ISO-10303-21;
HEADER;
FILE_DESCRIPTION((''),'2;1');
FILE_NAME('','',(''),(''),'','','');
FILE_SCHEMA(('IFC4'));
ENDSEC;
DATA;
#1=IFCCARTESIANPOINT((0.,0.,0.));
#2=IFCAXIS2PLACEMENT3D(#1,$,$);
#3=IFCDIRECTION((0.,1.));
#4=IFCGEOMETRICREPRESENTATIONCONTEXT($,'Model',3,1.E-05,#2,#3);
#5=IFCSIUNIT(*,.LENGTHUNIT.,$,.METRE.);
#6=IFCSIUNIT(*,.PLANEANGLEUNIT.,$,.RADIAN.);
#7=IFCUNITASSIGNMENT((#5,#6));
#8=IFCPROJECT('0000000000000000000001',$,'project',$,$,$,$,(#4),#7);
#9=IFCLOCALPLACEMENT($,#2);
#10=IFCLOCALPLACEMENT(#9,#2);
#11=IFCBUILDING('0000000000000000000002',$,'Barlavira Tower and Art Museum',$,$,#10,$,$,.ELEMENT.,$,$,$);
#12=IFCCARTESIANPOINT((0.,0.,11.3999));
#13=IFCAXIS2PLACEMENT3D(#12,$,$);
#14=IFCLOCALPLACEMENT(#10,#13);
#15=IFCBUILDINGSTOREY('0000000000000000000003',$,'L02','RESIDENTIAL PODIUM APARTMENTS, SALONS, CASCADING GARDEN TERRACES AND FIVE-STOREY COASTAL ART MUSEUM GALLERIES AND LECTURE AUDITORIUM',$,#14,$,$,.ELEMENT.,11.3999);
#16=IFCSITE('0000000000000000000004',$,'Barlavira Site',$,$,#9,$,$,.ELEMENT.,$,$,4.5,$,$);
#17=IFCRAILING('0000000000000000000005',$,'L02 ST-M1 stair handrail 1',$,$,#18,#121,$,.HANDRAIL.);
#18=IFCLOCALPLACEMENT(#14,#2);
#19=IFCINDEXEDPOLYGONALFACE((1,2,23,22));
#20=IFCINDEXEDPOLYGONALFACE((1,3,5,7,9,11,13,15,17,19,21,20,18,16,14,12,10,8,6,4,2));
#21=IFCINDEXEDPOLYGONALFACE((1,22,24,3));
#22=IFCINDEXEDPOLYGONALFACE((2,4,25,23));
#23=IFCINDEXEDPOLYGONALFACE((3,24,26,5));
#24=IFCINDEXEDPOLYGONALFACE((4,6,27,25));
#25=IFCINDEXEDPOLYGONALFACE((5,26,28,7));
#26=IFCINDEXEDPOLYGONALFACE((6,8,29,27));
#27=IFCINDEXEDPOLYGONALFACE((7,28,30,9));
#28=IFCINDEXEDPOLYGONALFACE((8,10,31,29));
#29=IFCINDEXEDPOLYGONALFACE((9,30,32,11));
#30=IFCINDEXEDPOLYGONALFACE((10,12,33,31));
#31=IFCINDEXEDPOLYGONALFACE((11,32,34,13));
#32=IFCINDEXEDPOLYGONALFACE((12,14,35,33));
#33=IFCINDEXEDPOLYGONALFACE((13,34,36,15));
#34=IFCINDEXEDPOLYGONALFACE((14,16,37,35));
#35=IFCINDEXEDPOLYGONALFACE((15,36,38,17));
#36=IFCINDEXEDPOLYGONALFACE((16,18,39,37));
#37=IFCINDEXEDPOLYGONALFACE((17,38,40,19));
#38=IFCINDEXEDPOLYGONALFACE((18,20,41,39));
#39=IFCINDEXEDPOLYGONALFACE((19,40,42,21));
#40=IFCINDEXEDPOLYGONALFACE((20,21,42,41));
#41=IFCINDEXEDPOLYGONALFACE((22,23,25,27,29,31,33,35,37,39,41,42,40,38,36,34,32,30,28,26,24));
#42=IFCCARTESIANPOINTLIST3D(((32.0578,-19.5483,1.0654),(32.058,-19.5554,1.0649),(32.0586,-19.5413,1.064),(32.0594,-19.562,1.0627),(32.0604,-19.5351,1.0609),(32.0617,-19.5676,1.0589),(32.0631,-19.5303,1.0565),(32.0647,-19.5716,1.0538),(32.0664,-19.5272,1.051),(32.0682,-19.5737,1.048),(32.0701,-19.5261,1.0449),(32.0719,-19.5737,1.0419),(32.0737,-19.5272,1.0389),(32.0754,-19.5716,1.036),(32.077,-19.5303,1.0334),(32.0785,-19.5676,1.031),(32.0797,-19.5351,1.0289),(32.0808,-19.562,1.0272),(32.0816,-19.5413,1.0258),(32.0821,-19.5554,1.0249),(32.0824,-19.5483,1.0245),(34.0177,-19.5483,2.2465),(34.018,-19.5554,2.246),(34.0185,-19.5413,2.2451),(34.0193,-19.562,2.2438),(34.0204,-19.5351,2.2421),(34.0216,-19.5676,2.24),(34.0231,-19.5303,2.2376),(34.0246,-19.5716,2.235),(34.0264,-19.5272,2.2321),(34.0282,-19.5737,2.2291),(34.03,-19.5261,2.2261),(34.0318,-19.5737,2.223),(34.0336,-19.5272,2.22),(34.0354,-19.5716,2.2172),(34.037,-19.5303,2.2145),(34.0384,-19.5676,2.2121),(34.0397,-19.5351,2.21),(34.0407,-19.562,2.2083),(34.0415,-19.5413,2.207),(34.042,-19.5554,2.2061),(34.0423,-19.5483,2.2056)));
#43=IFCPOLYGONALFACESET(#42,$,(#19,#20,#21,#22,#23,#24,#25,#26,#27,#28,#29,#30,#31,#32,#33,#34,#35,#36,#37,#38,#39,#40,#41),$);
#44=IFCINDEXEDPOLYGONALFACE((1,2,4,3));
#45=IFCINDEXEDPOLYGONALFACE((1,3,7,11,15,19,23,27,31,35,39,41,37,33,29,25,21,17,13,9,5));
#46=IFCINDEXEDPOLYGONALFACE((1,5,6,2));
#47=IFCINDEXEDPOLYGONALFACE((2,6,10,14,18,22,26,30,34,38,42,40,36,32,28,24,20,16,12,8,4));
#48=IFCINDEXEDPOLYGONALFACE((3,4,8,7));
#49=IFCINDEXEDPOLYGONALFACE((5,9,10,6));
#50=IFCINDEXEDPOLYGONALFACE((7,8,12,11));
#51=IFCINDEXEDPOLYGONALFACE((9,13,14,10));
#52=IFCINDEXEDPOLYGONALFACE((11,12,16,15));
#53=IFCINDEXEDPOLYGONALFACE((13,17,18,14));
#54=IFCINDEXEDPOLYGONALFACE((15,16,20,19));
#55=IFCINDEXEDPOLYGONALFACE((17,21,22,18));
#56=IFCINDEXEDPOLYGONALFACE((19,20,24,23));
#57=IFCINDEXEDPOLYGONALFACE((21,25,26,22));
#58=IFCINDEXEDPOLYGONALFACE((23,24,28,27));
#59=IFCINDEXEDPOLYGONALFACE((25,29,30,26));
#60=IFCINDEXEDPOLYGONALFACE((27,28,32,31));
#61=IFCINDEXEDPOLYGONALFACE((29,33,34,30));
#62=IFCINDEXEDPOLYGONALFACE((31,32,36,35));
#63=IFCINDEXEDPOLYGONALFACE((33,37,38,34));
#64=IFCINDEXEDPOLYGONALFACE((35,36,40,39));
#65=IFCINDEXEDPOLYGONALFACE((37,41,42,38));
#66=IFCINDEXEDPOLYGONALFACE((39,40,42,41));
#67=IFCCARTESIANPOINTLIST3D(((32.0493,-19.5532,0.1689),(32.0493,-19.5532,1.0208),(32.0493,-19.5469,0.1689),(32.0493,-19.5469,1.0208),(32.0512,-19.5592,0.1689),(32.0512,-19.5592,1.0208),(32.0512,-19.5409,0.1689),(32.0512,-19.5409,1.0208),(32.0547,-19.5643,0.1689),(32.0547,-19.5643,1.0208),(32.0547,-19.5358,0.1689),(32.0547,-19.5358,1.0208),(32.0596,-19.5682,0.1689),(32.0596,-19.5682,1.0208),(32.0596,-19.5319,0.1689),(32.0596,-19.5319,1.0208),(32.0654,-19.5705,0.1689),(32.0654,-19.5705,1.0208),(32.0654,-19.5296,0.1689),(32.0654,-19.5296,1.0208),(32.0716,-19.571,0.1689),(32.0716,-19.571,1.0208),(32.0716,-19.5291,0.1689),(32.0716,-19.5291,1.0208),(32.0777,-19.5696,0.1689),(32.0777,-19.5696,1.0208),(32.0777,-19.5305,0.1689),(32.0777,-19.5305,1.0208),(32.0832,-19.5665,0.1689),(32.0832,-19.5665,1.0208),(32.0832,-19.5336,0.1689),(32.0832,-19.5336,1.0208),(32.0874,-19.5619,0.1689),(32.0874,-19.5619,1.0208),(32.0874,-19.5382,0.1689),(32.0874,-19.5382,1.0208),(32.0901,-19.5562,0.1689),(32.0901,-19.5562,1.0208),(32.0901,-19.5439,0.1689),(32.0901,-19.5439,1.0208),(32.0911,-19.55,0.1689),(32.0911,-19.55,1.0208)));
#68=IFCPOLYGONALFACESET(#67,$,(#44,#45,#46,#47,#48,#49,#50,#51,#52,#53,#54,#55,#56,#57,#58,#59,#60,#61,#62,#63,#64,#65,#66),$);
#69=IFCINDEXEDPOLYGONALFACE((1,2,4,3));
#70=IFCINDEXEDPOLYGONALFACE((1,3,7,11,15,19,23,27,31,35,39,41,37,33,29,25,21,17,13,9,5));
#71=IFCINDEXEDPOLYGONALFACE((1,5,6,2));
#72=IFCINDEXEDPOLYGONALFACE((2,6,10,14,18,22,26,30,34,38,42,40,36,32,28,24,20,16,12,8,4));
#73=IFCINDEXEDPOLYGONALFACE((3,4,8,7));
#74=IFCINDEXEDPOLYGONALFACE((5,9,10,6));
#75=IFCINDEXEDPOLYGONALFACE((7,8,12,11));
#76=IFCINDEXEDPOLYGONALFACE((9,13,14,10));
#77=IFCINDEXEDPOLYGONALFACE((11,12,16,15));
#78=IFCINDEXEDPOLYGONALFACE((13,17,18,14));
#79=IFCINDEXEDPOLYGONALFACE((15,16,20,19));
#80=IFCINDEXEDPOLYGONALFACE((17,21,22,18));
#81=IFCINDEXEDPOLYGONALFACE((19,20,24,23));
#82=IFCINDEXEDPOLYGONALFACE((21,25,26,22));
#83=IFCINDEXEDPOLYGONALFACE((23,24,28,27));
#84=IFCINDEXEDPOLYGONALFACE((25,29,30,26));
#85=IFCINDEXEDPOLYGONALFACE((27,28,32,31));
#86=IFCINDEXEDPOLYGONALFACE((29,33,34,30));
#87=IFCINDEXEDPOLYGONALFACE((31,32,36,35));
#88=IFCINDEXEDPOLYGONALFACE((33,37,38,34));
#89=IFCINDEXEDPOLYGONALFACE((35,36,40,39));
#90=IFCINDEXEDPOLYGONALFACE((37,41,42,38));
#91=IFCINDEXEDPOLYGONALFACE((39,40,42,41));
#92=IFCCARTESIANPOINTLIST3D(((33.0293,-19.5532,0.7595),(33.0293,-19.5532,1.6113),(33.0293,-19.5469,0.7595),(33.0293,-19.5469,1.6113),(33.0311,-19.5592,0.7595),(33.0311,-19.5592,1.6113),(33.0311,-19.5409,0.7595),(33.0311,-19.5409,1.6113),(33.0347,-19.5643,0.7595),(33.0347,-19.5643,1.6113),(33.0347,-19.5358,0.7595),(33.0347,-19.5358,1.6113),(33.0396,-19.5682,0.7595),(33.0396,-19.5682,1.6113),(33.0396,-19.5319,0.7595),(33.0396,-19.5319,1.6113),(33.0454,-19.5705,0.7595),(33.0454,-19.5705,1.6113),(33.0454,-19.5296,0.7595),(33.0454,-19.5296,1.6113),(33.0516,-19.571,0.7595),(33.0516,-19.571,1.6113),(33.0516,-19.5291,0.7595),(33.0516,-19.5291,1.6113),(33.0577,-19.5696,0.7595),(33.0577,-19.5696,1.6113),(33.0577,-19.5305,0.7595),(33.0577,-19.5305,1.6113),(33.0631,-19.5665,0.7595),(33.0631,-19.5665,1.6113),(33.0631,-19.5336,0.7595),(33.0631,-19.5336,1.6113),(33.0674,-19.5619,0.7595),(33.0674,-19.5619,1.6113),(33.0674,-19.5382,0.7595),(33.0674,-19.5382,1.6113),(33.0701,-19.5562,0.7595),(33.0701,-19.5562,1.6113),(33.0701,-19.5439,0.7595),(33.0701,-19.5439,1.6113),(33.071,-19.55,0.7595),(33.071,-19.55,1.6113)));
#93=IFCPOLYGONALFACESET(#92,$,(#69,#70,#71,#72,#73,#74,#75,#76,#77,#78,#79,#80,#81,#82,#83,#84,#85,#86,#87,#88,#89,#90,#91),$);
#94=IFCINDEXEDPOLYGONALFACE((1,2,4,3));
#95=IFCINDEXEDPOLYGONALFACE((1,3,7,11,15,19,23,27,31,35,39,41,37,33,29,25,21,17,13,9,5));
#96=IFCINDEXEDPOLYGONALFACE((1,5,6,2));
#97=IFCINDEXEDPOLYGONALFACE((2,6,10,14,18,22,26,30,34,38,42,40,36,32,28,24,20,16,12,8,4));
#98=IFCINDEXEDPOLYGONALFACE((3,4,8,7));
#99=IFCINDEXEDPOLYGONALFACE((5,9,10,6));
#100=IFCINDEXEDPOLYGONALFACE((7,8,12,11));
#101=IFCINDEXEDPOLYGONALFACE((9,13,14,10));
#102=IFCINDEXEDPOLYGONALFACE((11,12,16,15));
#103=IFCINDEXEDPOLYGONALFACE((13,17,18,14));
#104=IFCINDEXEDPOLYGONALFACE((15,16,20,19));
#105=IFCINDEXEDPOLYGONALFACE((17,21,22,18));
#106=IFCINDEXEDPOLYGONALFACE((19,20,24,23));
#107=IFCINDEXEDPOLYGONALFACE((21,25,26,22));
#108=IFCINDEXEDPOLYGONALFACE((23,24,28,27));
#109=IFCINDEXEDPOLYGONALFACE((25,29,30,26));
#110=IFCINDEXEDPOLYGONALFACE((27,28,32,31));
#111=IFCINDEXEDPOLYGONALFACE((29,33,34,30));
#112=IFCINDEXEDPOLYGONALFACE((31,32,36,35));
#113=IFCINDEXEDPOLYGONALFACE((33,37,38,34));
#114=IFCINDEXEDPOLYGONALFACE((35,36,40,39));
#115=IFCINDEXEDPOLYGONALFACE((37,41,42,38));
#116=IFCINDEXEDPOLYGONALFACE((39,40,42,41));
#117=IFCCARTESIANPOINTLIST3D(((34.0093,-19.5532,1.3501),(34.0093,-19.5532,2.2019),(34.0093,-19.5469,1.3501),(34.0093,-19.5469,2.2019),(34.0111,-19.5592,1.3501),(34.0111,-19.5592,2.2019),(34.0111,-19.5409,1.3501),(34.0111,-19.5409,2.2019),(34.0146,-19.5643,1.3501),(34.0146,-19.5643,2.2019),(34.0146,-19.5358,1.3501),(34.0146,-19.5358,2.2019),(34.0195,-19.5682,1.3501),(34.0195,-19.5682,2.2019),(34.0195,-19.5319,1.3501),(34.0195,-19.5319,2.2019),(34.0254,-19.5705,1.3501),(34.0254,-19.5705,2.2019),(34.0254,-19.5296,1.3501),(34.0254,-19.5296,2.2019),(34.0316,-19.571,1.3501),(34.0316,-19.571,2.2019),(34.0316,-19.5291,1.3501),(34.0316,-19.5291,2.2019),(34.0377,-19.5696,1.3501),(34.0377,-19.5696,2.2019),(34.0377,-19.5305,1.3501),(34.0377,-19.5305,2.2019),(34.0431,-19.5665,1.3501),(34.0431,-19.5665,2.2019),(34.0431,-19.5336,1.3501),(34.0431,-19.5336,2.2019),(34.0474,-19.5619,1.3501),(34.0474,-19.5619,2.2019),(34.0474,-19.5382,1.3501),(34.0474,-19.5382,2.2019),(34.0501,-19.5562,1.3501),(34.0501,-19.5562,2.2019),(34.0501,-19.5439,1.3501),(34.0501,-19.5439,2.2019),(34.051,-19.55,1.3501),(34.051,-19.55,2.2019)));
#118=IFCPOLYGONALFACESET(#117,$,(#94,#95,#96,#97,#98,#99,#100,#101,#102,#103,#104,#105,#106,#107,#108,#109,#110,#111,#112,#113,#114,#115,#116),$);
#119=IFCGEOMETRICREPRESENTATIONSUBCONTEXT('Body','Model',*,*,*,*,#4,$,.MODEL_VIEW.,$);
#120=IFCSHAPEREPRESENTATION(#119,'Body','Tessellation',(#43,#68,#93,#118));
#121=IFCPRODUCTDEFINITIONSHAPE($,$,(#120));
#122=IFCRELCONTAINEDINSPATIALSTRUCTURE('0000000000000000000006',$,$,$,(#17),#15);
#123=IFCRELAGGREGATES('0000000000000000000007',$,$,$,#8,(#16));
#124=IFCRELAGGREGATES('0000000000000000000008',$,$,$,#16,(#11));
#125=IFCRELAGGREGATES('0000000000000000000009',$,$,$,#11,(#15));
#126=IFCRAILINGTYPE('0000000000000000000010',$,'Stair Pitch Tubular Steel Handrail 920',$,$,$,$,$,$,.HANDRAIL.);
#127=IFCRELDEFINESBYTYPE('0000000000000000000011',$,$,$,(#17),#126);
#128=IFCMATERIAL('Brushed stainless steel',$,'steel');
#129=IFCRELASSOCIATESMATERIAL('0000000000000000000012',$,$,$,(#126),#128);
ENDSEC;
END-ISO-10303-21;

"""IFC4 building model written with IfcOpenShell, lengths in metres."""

from ifc_helpers import new_model, si_unit, direction, frame, origin, origin_2d, place, context, subcontext, project, spatial, circle, extrude, material, type_object, element, save


model = new_model("IFC4")

# Units and contexts
model_context = context("Model", 3, precision=1e-05, world=origin(), true_north=direction((0.0, 1.0)))
body_context = subcontext(model_context, "Body", "Model", "MODEL_VIEW")
ifc_project = project(units=[si_unit("LENGTHUNIT", "METRE"), si_unit("PLANEANGLEUNIT", "RADIAN")], contexts=[model_context])

# Site, building, storey
site_placement = place(None, origin())
site = spatial("IfcSite", under=ifc_project, at=site_placement, Name="Barlavira Site", CompositionType="ELEMENT", RefElevation=4.5)
building_placement = place(site_placement, origin())
building = spatial("IfcBuilding", under=site, at=building_placement, Name="Barlavira Tower and Art Museum", CompositionType="ELEMENT")
storey_placement = place(building_placement, frame((0.0, 0.0, 11.3999)))
storey = spatial("IfcBuildingStorey", under=building, at=storey_placement, Name="L02", Description="RESIDENTIAL PODIUM APARTMENTS, SALONS, CASCADING GARDEN TERRACES AND FIVE-STOREY COASTAL ART MUSEUM GALLERIES AND LECTURE AUDITORIUM", CompositionType="ELEMENT", Elevation=11.3999)

# Shared definitions
ifc_material_1 = material(Name="Brushed stainless steel", Category="steel")

# Railing
railing_type_1 = type_object("IfcRailingType", Name="Stair Pitch Tubular Steel Handrail 920", PredefinedType="HANDRAIL", material=ifc_material_1)
railing_1_placement = place(storey_placement, frame((32.0701, -19.55, 0.1689)))
element("IfcRailing", 1, at=railing_1_placement, inside=storey, type_object=railing_type_1, Name="L02 ST-M1 stair handrail 1", PredefinedType="HANDRAIL", context=body_context, shape_type="SweptSolid", body=[
    extrude(circle(Radius=0.0239, at=origin_2d()), frame((0.0, 0.0, 0.876), z_axis=(0.856493, 0.0, 0.516158), x_axis=(0.0, 1.0, 0.0)), (0.0, 0.0, 1.0), 2.2883),
    extrude(circle(Radius=0.021, at=origin_2d()), origin(), (0.0, 0.0, 1.0), 0.8518),
    extrude(circle(Radius=0.021, at=origin_2d()), frame((0.98, 0.0, 0.5906)), (0.0, 0.0, 1.0), 0.8518),
    extrude(circle(Radius=0.021, at=origin_2d()), frame((1.96, 0.0, 1.1812)), (0.0, 0.0, 1.0), 0.8518),
])

save(model, "model.ifc")
